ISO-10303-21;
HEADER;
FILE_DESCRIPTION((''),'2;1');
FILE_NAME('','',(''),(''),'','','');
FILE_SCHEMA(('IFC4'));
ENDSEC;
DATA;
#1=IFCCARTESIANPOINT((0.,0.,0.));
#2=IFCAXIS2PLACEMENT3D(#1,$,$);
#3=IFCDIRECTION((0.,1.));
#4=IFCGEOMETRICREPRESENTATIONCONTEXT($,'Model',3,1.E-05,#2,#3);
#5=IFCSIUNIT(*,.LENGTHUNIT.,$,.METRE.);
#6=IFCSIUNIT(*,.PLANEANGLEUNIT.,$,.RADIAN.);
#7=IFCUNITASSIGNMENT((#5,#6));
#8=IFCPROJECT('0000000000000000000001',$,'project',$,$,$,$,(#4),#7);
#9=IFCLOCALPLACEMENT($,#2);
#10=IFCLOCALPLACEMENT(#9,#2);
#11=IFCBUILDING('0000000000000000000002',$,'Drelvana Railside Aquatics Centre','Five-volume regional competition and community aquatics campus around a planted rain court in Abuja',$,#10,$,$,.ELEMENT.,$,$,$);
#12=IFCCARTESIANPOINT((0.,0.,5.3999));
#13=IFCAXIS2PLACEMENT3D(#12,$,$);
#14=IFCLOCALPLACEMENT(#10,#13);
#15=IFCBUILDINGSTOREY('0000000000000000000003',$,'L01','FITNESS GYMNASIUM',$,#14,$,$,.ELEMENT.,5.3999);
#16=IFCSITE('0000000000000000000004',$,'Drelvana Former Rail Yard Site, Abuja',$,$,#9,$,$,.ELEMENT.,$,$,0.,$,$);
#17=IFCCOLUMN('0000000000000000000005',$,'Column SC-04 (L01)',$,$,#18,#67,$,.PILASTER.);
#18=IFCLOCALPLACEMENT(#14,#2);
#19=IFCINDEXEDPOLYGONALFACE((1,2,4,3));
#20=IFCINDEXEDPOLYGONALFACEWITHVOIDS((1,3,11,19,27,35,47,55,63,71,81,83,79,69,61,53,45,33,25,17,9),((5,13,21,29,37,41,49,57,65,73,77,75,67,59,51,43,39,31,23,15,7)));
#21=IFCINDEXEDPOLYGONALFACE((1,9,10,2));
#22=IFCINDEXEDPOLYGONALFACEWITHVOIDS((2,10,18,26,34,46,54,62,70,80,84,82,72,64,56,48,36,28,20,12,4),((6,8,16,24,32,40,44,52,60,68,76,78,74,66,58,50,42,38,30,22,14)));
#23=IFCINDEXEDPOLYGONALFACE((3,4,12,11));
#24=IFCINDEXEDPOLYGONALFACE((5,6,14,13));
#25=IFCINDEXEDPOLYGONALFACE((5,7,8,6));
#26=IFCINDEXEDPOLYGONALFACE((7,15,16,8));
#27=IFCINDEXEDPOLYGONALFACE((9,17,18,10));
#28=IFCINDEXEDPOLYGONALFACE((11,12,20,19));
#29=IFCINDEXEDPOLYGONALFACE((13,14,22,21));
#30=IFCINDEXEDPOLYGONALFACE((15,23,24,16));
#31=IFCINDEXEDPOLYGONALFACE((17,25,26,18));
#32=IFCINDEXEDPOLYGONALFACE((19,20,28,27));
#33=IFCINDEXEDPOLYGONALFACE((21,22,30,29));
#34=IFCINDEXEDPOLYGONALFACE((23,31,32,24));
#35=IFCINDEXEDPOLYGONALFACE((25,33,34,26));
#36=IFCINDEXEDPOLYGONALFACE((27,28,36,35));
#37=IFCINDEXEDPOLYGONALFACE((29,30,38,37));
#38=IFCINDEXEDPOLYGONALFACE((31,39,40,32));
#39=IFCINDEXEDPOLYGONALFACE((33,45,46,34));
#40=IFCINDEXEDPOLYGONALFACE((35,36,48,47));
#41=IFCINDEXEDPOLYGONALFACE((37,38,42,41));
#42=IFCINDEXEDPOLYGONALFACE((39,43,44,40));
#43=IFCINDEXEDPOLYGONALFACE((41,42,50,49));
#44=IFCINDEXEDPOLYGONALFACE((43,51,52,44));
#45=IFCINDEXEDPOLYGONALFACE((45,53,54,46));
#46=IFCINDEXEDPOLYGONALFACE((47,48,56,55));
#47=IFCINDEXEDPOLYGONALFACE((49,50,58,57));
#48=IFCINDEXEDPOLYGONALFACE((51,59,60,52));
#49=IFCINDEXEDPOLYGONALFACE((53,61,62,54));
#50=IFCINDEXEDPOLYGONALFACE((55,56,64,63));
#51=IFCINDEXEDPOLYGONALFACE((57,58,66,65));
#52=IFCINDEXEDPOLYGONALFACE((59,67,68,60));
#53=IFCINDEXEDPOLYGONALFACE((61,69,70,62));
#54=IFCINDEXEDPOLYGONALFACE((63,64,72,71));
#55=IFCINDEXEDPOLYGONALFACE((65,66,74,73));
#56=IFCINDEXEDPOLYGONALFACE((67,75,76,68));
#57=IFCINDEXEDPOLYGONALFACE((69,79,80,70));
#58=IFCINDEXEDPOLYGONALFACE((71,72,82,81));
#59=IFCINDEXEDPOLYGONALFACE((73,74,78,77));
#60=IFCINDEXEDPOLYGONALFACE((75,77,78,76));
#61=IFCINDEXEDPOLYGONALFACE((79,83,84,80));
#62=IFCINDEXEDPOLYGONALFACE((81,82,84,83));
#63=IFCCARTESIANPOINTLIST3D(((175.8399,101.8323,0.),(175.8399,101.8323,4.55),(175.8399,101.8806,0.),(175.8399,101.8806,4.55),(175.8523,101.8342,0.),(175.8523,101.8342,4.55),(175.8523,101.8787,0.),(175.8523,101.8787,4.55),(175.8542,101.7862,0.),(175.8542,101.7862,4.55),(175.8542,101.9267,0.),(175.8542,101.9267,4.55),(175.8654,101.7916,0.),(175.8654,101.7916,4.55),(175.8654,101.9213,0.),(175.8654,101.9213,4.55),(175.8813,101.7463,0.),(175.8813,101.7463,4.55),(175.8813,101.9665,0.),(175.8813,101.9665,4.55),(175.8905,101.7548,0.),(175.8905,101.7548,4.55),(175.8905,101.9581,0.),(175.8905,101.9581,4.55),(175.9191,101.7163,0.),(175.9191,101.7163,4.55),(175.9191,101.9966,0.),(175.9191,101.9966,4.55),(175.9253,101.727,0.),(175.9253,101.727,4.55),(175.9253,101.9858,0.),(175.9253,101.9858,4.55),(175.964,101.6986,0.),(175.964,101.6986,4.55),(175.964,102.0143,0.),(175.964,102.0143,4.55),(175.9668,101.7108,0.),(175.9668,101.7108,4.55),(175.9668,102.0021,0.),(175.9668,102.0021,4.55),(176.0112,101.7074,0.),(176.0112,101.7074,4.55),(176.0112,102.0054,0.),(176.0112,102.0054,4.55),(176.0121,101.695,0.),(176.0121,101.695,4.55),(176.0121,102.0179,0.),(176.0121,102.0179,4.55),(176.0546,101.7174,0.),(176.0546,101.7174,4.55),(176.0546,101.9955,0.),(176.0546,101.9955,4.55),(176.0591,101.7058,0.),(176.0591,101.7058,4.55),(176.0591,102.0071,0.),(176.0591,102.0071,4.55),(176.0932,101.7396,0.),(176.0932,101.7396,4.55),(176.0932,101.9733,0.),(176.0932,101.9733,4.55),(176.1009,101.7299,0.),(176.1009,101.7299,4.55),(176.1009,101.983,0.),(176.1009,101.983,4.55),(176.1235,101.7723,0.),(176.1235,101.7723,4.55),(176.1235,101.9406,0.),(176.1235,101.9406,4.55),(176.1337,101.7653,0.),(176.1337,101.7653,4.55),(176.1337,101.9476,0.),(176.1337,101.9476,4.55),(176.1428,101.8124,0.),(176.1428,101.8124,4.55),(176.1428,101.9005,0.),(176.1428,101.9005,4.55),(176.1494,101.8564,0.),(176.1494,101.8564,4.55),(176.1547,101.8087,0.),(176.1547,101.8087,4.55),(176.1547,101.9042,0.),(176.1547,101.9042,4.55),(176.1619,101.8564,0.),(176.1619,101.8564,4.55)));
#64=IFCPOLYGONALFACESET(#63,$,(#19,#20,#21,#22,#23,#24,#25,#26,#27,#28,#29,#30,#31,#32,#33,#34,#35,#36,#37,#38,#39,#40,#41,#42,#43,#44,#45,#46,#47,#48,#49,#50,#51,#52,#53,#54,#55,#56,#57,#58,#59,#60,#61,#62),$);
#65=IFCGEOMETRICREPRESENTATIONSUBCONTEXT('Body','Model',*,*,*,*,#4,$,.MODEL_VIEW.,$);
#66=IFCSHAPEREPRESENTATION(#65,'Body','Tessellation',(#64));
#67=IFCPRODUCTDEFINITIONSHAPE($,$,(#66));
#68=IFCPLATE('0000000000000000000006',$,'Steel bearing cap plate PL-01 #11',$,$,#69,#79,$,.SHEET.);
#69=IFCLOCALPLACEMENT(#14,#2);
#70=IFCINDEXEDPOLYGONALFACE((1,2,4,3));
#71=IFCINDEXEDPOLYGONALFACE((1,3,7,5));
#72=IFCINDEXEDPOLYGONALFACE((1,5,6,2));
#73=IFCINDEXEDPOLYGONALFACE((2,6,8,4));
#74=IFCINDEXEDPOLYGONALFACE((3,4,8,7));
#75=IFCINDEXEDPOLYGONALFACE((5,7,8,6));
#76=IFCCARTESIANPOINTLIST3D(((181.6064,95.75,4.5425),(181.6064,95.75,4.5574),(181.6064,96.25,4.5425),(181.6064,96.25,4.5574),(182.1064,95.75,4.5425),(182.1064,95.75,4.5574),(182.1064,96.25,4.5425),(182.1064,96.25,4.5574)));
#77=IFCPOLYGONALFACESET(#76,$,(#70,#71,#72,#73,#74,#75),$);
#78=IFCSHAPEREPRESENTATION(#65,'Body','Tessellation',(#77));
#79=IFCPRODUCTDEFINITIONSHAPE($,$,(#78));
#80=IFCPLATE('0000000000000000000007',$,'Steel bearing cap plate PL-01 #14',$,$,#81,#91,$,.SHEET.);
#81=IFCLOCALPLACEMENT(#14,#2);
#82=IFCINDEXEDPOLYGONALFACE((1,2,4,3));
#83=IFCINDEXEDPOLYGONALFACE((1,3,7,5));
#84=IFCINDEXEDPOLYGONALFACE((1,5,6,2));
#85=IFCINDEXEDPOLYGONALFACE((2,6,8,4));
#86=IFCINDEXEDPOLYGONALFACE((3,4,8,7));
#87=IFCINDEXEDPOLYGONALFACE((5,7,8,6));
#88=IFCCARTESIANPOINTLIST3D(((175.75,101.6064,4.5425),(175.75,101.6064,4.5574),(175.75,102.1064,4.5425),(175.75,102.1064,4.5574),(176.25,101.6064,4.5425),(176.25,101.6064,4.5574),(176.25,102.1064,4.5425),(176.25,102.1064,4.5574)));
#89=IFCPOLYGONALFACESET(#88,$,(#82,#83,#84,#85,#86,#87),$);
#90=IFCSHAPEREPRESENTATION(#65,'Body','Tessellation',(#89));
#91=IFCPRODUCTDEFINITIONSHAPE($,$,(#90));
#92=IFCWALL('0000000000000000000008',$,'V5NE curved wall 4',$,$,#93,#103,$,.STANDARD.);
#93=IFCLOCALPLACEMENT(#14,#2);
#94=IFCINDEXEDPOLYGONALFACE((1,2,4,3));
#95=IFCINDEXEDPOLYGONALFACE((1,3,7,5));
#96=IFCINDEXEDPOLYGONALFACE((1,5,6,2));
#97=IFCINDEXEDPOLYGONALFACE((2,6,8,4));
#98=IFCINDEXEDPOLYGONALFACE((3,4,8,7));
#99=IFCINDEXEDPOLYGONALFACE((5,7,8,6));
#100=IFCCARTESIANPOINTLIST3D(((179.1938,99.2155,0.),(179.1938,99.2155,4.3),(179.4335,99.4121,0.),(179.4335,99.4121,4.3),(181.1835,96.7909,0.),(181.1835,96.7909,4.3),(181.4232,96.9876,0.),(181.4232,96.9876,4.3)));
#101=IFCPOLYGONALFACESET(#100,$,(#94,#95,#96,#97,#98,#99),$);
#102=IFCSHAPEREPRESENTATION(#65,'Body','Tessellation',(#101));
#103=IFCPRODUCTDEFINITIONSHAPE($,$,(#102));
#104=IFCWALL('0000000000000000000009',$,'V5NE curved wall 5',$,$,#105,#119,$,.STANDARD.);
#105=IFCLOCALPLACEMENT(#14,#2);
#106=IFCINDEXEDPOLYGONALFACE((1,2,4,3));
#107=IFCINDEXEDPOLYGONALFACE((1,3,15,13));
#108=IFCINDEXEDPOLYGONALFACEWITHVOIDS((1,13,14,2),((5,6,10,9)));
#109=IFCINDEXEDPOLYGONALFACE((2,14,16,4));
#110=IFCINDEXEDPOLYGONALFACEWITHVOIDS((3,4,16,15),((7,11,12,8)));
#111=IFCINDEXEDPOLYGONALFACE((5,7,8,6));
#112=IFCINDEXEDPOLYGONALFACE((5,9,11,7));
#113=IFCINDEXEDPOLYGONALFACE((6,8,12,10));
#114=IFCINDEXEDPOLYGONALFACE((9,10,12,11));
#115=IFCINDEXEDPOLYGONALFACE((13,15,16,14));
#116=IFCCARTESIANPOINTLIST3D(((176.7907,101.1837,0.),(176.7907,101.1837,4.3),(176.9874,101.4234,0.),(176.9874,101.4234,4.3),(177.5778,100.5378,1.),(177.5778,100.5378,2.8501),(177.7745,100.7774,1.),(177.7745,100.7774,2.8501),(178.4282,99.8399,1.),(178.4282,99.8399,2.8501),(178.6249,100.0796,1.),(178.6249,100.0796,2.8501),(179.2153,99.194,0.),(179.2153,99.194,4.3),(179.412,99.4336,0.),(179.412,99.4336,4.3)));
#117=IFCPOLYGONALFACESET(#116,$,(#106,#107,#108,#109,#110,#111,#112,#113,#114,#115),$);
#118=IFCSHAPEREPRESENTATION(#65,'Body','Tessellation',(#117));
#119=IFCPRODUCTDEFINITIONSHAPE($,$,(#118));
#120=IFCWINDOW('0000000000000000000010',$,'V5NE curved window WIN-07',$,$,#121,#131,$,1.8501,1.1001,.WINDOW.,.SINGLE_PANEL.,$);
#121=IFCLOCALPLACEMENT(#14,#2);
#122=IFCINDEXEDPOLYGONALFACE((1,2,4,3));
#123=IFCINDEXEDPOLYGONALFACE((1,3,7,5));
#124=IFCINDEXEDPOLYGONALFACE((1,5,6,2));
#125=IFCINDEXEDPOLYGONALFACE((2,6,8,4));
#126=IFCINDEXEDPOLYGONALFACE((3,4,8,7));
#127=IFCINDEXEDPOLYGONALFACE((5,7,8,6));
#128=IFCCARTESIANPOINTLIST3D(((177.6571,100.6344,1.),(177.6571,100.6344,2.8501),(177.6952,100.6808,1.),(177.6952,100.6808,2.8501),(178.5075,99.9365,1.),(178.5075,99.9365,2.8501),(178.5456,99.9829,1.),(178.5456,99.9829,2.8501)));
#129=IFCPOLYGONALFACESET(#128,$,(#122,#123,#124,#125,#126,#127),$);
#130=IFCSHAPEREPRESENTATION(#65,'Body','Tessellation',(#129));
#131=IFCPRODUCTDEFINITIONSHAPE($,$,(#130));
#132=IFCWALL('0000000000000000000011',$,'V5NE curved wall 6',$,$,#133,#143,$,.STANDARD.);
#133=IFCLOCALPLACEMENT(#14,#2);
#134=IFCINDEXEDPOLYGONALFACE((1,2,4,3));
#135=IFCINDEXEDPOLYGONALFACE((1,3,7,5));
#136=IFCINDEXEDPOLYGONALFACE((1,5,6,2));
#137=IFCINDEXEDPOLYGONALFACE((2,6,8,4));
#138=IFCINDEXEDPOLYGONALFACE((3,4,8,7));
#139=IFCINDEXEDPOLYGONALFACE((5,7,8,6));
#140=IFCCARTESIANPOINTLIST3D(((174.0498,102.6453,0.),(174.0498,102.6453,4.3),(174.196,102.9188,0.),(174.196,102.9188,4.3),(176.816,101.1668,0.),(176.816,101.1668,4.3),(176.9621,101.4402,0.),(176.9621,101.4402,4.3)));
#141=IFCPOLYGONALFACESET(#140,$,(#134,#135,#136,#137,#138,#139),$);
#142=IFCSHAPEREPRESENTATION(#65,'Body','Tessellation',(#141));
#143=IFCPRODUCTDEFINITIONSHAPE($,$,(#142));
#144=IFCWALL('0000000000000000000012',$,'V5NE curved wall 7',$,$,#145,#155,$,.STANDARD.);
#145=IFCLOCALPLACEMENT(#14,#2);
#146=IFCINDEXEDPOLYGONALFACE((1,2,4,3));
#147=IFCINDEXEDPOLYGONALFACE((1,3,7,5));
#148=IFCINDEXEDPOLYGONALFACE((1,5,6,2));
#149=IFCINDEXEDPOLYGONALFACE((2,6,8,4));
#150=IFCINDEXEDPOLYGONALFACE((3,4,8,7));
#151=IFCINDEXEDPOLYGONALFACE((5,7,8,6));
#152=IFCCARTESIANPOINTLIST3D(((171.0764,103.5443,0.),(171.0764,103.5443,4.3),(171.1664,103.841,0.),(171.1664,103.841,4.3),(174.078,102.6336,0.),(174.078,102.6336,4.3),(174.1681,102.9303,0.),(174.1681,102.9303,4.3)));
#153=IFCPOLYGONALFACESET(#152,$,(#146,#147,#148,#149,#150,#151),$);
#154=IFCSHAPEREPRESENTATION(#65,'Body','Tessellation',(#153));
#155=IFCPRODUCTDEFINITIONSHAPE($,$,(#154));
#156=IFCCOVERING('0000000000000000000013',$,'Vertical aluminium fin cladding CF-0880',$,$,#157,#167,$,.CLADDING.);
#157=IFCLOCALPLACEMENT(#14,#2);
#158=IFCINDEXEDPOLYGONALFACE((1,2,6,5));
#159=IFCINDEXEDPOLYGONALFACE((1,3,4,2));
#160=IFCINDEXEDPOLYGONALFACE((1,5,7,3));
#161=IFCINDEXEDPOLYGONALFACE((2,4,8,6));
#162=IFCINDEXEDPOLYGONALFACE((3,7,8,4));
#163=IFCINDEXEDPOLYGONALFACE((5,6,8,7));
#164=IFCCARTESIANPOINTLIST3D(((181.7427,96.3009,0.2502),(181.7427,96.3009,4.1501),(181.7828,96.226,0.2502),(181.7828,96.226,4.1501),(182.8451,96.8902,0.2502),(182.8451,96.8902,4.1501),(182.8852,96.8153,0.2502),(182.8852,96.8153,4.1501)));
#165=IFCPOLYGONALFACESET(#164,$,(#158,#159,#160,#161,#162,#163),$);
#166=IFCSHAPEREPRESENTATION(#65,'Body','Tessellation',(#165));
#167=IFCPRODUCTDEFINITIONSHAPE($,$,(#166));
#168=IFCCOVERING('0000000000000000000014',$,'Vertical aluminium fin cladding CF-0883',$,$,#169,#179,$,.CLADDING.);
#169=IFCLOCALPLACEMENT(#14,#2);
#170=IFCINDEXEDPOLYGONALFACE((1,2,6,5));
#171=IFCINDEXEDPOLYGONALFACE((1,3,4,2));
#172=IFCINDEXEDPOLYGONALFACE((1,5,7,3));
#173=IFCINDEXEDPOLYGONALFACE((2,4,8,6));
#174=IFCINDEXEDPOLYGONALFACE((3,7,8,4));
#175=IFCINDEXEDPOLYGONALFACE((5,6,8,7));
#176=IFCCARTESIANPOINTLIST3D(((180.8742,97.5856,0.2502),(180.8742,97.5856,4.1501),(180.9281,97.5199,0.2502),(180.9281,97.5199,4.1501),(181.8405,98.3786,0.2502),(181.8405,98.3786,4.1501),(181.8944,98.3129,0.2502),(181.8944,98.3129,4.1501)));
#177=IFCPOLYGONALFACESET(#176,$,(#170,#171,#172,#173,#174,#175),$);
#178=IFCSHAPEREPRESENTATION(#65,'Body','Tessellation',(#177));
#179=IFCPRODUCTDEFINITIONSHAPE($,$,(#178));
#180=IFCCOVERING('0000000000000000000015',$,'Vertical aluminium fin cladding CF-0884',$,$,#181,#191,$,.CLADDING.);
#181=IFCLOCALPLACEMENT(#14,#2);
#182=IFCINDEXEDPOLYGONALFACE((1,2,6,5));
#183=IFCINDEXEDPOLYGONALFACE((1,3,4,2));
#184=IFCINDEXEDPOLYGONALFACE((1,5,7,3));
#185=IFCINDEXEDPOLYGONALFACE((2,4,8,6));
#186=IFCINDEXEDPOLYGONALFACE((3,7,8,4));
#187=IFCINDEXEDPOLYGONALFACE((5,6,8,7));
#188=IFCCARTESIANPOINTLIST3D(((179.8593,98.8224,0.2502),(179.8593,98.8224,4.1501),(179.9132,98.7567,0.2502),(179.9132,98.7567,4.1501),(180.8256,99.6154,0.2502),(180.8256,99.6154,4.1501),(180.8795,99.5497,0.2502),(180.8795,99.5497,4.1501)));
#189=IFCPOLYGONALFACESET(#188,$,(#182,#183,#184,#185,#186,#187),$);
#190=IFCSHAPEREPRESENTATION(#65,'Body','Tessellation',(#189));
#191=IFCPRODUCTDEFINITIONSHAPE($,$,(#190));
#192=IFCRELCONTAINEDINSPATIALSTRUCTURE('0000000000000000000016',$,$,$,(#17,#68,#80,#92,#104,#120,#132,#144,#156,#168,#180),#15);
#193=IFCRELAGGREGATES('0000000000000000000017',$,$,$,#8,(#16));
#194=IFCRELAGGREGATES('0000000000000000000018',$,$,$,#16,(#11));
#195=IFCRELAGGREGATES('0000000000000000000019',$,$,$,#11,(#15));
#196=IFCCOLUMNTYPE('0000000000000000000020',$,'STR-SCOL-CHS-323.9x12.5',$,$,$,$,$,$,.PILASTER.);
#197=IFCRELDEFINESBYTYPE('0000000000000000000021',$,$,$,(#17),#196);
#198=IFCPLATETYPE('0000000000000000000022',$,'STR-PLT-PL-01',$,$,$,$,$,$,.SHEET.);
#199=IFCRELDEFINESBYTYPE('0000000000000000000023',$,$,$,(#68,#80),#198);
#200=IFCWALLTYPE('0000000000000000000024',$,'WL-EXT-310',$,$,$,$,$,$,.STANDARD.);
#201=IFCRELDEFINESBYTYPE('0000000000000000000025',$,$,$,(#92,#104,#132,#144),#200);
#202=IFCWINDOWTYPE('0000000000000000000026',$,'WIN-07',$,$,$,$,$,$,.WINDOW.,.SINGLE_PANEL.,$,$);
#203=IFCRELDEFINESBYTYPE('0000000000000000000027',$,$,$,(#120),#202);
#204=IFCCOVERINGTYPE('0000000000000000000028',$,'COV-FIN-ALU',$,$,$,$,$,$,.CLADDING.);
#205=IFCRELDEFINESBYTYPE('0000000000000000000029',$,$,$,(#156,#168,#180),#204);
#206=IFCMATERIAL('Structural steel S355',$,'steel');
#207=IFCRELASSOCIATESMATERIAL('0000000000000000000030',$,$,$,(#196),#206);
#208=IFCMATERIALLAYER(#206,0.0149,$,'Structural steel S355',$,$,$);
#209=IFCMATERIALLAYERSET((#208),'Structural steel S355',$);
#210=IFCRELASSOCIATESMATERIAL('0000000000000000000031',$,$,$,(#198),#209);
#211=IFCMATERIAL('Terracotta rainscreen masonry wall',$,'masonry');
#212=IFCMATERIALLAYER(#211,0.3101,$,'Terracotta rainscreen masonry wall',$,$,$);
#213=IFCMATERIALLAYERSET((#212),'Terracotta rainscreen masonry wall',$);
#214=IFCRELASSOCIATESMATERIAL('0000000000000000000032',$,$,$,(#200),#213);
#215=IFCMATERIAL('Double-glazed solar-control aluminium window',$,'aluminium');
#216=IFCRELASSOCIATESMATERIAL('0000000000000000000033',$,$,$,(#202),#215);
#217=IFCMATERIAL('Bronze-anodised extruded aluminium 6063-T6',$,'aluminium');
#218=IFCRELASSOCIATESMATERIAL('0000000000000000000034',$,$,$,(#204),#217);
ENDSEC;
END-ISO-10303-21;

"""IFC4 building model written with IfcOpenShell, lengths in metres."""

from ifc_helpers import new_model, si_unit, direction, frame, frame_2d, origin, origin_2d, place, context, subcontext, project, spatial, rectangle, hollow_circle, extrude, material, layer, layer_set, material_profile, profile_set, type_object, element, fill, save


model = new_model("IFC4")

# Units and contexts
model_context = context("Model", 3, precision=1e-05, world=origin(), true_north=direction((0.0, 1.0)))
body_context = subcontext(model_context, "Body", "Model", "MODEL_VIEW")
ifc_project = project(units=[si_unit("LENGTHUNIT", "METRE"), si_unit("PLANEANGLEUNIT", "RADIAN")], contexts=[model_context])

# Site, building, storey
site_placement = place(None, origin())
site = spatial("IfcSite", under=ifc_project, at=site_placement, Name="Drelvana Former Rail Yard Site, Abuja", CompositionType="ELEMENT", RefElevation=0.0)
building_placement = place(site_placement, origin())
building = spatial("IfcBuilding", under=site, at=building_placement, Name="Drelvana Railside Aquatics Centre", Description="Five-volume regional competition and community aquatics campus around a planted rain court in Abuja", CompositionType="ELEMENT")
storey_placement = place(building_placement, frame((0.0, 0.0, 5.3999)))
storey = spatial("IfcBuildingStorey", under=building, at=storey_placement, Name="L01", Description="FITNESS GYMNASIUM", CompositionType="ELEMENT", Elevation=5.3999)

# Column
ifc_material_1 = material(Name="Structural steel S355", Category="steel")
ifc_material_profile = material_profile(ifc_material_1, hollow_circle(Radius=0.1619, WallThickness=0.0125, at=origin_2d()), Name="CHS 323.9x12.5")
ifc_profile_set = profile_set([ifc_material_profile], Name="Structural steel S355")
column_type = type_object("IfcColumnType", Name="STR-SCOL-CHS-323.9x12.5", PredefinedType="PILASTER", material=ifc_profile_set)
column_placement = place(storey_placement, frame((176.0, 101.8564, 0.0), z_axis=(0.0, 0.0, 1.0), x_axis=(1.0, 0.0, 0.0)))
element("IfcColumn", 1, at=column_placement, inside=storey, type_object=column_type, Name="Column SC-04 (L01)", PredefinedType="PILASTER", context=body_context, shape_type="SweptSolid", body=[
    extrude(hollow_circle(Radius=0.1619, WallThickness=0.0125, at=origin_2d()), origin(), (0.0, 0.0, 1.0), 4.55),
])

# Plates
ifc_layer_1 = layer(ifc_material_1, 0.0149, Name="Structural steel S355")
ifc_layer_set_1 = layer_set([ifc_layer_1], Name="Structural steel S355")
plate_type = type_object("IfcPlateType", Name="STR-PLT-PL-01", PredefinedType="SHEET", material=ifc_layer_set_1)
for number, where, z_axis, x_axis, name in (
    (2, (181.8564, 96.0, 4.5425), (0.0, 0.0, 1.0), (1.0, 0.0, 0.0), "Steel bearing cap plate PL-01 #11"),
    (3, (176.0, 101.8564, 4.5425), (0.0, 0.0, 1.0), (1.0, 0.0, 0.0), "Steel bearing cap plate PL-01 #14"),
):
    element("IfcPlate", number, at=place(storey_placement, frame(where, z_axis=z_axis, x_axis=x_axis)), inside=storey, type_object=plate_type, Name=name, PredefinedType="SHEET", context=body_context, shape_type="SweptSolid", body=[
        extrude(rectangle(XDim=0.5, YDim=0.5, at=origin_2d()), origin(), (0.0, 0.0, 1.0), 0.0149),
    ])

# Wall
ifc_material_2 = material(Name="Terracotta rainscreen masonry wall", Category="masonry")
ifc_layer_2 = layer(ifc_material_2, 0.3101, Name="Terracotta rainscreen masonry wall")
ifc_layer_set_2 = layer_set([ifc_layer_2], Name="Terracotta rainscreen masonry wall")
wall_type = type_object("IfcWallType", Name="WL-EXT-310", PredefinedType="STANDARD", material=ifc_layer_set_2)
wall_1_placement = place(storey_placement, frame((181.3035, 96.8892, 0.0), z_axis=(0.0, 0.0, 1.0), x_axis=(-0.634386, 0.773017, 0.0)))
element("IfcWall", 4, at=wall_1_placement, inside=storey, type_object=wall_type, Name="V5NE curved wall 4", PredefinedType="STANDARD", context=body_context, shape_type="SweptSolid", body=[
    extrude(rectangle(XDim=3.1365, YDim=0.3101, at=frame_2d((1.5684, 0.0))), origin(), (0.0, 0.0, 1.0), 4.3),
])

# Wall, opening, window
wall_2_placement = place(storey_placement, frame((179.3137, 99.3137, 0.0), z_axis=(0.0, 0.0, 1.0), x_axis=(-0.773017, 0.634386, 0.0)))
wall_2 = element("IfcWall", 5, at=wall_2_placement, inside=storey, type_object=wall_type, Name="V5NE curved wall 5", PredefinedType="STANDARD", context=body_context, shape_type="SweptSolid", body=[
    extrude(rectangle(XDim=3.1365, YDim=0.3101, at=frame_2d((1.5684, 0.0))), origin(), (0.0, 0.0, 1.0), 4.3),
])
opening_placement = place(wall_2_placement, frame((1.0183, 0.0, 1.0)))
opening = element("IfcOpeningElement", 6, at=opening_placement, cuts=wall_2, PredefinedType="OPENING", context=body_context, shape_type="SweptSolid", body=[
    extrude(rectangle(XDim=1.1001, YDim=1.8501, at=frame_2d((0.55, 0.925))), frame((0.0, 0.165, 0.0), z_axis=(0.0, -1.0, 0.0), x_axis=(1.0, 0.0, 0.0)), (0.0, 0.0, 1.0), 0.3301),
])
ifc_material_3 = material(Name="Double-glazed solar-control aluminium window", Category="aluminium")
window_type = type_object("IfcWindowType", Name="WIN-07", PartitioningType="SINGLE_PANEL", PredefinedType="WINDOW", material=ifc_material_3)
window_placement = place(opening_placement, origin())
window = element("IfcWindow", 7, at=window_placement, inside=storey, type_object=window_type, Name="V5NE curved window WIN-07", OverallHeight=1.8501, OverallWidth=1.1001, PartitioningType="SINGLE_PANEL", PredefinedType="WINDOW", context=body_context, shape_type="SweptSolid", body=[
    extrude(rectangle(XDim=1.1001, YDim=1.8501, at=frame_2d((0.55, 0.925))), frame((0.0, 0.03, 0.0), z_axis=(0.0, -1.0, 0.0), x_axis=(1.0, 0.0, 0.0)), (0.0, 0.0, 1.0), 0.0601),
])
fill(opening, window)

# Walls
wall_3_placement = place(storey_placement, frame((176.8892, 101.3035, 0.0), z_axis=(0.0, 0.0, 1.0), x_axis=(-0.881922, 0.471396, 0.0)))
element("IfcWall", 8, at=wall_3_placement, inside=storey, type_object=wall_type, Name="V5NE curved wall 6", PredefinedType="STANDARD", context=body_context, shape_type="SweptSolid", body=[
    extrude(rectangle(XDim=3.1365, YDim=0.3101, at=frame_2d((1.5684, 0.0))), origin(), (0.0, 0.0, 1.0), 4.3),
])
wall_4_placement = place(storey_placement, frame((174.123, 102.782, 0.0), z_axis=(0.0, 0.0, 1.0), x_axis=(-0.956933, 0.29031, 0.0)))
element("IfcWall", 9, at=wall_4_placement, inside=storey, type_object=wall_type, Name="V5NE curved wall 7", PredefinedType="STANDARD", context=body_context, shape_type="SweptSolid", body=[
    extrude(rectangle(XDim=3.1367, YDim=0.3101, at=frame_2d((1.5684, 0.0))), origin(), (0.0, 0.0, 1.0), 4.3),
])

# Coverings
ifc_material_4 = material(Name="Bronze-anodised extruded aluminium 6063-T6", Category="aluminium")
covering_type = type_object("IfcCoveringType", Name="COV-FIN-ALU", PredefinedType="CLADDING", material=ifc_material_4)
for number, where, z_axis, x_axis, name in (
    (10, (182.314, 96.5581, 0.2502), (0.0, 0.0, 1.0), (0.471397, -0.881921, 0.0), "Vertical aluminium fin cladding CF-0880"),
    (11, (181.3843, 97.9492, 0.2502), (0.0, 0.0, 1.0), (0.634393, -0.77301, 0.0), "Vertical aluminium fin cladding CF-0883"),
    (12, (180.3694, 99.186, 0.2502), (0.0, 0.0, 1.0), (0.634393, -0.77301, 0.0), "Vertical aluminium fin cladding CF-0884"),
):
    element("IfcCovering", number, at=place(storey_placement, frame(where, z_axis=z_axis, x_axis=x_axis)), inside=storey, type_object=covering_type, Name=name, PredefinedType="CLADDING", context=body_context, shape_type="SweptSolid", body=[
        extrude(rectangle(XDim=0.085, YDim=1.25, at=origin_2d()), origin(), (0.0, 0.0, 1.0), 3.8999),
    ])

save(model, "model.ifc")
